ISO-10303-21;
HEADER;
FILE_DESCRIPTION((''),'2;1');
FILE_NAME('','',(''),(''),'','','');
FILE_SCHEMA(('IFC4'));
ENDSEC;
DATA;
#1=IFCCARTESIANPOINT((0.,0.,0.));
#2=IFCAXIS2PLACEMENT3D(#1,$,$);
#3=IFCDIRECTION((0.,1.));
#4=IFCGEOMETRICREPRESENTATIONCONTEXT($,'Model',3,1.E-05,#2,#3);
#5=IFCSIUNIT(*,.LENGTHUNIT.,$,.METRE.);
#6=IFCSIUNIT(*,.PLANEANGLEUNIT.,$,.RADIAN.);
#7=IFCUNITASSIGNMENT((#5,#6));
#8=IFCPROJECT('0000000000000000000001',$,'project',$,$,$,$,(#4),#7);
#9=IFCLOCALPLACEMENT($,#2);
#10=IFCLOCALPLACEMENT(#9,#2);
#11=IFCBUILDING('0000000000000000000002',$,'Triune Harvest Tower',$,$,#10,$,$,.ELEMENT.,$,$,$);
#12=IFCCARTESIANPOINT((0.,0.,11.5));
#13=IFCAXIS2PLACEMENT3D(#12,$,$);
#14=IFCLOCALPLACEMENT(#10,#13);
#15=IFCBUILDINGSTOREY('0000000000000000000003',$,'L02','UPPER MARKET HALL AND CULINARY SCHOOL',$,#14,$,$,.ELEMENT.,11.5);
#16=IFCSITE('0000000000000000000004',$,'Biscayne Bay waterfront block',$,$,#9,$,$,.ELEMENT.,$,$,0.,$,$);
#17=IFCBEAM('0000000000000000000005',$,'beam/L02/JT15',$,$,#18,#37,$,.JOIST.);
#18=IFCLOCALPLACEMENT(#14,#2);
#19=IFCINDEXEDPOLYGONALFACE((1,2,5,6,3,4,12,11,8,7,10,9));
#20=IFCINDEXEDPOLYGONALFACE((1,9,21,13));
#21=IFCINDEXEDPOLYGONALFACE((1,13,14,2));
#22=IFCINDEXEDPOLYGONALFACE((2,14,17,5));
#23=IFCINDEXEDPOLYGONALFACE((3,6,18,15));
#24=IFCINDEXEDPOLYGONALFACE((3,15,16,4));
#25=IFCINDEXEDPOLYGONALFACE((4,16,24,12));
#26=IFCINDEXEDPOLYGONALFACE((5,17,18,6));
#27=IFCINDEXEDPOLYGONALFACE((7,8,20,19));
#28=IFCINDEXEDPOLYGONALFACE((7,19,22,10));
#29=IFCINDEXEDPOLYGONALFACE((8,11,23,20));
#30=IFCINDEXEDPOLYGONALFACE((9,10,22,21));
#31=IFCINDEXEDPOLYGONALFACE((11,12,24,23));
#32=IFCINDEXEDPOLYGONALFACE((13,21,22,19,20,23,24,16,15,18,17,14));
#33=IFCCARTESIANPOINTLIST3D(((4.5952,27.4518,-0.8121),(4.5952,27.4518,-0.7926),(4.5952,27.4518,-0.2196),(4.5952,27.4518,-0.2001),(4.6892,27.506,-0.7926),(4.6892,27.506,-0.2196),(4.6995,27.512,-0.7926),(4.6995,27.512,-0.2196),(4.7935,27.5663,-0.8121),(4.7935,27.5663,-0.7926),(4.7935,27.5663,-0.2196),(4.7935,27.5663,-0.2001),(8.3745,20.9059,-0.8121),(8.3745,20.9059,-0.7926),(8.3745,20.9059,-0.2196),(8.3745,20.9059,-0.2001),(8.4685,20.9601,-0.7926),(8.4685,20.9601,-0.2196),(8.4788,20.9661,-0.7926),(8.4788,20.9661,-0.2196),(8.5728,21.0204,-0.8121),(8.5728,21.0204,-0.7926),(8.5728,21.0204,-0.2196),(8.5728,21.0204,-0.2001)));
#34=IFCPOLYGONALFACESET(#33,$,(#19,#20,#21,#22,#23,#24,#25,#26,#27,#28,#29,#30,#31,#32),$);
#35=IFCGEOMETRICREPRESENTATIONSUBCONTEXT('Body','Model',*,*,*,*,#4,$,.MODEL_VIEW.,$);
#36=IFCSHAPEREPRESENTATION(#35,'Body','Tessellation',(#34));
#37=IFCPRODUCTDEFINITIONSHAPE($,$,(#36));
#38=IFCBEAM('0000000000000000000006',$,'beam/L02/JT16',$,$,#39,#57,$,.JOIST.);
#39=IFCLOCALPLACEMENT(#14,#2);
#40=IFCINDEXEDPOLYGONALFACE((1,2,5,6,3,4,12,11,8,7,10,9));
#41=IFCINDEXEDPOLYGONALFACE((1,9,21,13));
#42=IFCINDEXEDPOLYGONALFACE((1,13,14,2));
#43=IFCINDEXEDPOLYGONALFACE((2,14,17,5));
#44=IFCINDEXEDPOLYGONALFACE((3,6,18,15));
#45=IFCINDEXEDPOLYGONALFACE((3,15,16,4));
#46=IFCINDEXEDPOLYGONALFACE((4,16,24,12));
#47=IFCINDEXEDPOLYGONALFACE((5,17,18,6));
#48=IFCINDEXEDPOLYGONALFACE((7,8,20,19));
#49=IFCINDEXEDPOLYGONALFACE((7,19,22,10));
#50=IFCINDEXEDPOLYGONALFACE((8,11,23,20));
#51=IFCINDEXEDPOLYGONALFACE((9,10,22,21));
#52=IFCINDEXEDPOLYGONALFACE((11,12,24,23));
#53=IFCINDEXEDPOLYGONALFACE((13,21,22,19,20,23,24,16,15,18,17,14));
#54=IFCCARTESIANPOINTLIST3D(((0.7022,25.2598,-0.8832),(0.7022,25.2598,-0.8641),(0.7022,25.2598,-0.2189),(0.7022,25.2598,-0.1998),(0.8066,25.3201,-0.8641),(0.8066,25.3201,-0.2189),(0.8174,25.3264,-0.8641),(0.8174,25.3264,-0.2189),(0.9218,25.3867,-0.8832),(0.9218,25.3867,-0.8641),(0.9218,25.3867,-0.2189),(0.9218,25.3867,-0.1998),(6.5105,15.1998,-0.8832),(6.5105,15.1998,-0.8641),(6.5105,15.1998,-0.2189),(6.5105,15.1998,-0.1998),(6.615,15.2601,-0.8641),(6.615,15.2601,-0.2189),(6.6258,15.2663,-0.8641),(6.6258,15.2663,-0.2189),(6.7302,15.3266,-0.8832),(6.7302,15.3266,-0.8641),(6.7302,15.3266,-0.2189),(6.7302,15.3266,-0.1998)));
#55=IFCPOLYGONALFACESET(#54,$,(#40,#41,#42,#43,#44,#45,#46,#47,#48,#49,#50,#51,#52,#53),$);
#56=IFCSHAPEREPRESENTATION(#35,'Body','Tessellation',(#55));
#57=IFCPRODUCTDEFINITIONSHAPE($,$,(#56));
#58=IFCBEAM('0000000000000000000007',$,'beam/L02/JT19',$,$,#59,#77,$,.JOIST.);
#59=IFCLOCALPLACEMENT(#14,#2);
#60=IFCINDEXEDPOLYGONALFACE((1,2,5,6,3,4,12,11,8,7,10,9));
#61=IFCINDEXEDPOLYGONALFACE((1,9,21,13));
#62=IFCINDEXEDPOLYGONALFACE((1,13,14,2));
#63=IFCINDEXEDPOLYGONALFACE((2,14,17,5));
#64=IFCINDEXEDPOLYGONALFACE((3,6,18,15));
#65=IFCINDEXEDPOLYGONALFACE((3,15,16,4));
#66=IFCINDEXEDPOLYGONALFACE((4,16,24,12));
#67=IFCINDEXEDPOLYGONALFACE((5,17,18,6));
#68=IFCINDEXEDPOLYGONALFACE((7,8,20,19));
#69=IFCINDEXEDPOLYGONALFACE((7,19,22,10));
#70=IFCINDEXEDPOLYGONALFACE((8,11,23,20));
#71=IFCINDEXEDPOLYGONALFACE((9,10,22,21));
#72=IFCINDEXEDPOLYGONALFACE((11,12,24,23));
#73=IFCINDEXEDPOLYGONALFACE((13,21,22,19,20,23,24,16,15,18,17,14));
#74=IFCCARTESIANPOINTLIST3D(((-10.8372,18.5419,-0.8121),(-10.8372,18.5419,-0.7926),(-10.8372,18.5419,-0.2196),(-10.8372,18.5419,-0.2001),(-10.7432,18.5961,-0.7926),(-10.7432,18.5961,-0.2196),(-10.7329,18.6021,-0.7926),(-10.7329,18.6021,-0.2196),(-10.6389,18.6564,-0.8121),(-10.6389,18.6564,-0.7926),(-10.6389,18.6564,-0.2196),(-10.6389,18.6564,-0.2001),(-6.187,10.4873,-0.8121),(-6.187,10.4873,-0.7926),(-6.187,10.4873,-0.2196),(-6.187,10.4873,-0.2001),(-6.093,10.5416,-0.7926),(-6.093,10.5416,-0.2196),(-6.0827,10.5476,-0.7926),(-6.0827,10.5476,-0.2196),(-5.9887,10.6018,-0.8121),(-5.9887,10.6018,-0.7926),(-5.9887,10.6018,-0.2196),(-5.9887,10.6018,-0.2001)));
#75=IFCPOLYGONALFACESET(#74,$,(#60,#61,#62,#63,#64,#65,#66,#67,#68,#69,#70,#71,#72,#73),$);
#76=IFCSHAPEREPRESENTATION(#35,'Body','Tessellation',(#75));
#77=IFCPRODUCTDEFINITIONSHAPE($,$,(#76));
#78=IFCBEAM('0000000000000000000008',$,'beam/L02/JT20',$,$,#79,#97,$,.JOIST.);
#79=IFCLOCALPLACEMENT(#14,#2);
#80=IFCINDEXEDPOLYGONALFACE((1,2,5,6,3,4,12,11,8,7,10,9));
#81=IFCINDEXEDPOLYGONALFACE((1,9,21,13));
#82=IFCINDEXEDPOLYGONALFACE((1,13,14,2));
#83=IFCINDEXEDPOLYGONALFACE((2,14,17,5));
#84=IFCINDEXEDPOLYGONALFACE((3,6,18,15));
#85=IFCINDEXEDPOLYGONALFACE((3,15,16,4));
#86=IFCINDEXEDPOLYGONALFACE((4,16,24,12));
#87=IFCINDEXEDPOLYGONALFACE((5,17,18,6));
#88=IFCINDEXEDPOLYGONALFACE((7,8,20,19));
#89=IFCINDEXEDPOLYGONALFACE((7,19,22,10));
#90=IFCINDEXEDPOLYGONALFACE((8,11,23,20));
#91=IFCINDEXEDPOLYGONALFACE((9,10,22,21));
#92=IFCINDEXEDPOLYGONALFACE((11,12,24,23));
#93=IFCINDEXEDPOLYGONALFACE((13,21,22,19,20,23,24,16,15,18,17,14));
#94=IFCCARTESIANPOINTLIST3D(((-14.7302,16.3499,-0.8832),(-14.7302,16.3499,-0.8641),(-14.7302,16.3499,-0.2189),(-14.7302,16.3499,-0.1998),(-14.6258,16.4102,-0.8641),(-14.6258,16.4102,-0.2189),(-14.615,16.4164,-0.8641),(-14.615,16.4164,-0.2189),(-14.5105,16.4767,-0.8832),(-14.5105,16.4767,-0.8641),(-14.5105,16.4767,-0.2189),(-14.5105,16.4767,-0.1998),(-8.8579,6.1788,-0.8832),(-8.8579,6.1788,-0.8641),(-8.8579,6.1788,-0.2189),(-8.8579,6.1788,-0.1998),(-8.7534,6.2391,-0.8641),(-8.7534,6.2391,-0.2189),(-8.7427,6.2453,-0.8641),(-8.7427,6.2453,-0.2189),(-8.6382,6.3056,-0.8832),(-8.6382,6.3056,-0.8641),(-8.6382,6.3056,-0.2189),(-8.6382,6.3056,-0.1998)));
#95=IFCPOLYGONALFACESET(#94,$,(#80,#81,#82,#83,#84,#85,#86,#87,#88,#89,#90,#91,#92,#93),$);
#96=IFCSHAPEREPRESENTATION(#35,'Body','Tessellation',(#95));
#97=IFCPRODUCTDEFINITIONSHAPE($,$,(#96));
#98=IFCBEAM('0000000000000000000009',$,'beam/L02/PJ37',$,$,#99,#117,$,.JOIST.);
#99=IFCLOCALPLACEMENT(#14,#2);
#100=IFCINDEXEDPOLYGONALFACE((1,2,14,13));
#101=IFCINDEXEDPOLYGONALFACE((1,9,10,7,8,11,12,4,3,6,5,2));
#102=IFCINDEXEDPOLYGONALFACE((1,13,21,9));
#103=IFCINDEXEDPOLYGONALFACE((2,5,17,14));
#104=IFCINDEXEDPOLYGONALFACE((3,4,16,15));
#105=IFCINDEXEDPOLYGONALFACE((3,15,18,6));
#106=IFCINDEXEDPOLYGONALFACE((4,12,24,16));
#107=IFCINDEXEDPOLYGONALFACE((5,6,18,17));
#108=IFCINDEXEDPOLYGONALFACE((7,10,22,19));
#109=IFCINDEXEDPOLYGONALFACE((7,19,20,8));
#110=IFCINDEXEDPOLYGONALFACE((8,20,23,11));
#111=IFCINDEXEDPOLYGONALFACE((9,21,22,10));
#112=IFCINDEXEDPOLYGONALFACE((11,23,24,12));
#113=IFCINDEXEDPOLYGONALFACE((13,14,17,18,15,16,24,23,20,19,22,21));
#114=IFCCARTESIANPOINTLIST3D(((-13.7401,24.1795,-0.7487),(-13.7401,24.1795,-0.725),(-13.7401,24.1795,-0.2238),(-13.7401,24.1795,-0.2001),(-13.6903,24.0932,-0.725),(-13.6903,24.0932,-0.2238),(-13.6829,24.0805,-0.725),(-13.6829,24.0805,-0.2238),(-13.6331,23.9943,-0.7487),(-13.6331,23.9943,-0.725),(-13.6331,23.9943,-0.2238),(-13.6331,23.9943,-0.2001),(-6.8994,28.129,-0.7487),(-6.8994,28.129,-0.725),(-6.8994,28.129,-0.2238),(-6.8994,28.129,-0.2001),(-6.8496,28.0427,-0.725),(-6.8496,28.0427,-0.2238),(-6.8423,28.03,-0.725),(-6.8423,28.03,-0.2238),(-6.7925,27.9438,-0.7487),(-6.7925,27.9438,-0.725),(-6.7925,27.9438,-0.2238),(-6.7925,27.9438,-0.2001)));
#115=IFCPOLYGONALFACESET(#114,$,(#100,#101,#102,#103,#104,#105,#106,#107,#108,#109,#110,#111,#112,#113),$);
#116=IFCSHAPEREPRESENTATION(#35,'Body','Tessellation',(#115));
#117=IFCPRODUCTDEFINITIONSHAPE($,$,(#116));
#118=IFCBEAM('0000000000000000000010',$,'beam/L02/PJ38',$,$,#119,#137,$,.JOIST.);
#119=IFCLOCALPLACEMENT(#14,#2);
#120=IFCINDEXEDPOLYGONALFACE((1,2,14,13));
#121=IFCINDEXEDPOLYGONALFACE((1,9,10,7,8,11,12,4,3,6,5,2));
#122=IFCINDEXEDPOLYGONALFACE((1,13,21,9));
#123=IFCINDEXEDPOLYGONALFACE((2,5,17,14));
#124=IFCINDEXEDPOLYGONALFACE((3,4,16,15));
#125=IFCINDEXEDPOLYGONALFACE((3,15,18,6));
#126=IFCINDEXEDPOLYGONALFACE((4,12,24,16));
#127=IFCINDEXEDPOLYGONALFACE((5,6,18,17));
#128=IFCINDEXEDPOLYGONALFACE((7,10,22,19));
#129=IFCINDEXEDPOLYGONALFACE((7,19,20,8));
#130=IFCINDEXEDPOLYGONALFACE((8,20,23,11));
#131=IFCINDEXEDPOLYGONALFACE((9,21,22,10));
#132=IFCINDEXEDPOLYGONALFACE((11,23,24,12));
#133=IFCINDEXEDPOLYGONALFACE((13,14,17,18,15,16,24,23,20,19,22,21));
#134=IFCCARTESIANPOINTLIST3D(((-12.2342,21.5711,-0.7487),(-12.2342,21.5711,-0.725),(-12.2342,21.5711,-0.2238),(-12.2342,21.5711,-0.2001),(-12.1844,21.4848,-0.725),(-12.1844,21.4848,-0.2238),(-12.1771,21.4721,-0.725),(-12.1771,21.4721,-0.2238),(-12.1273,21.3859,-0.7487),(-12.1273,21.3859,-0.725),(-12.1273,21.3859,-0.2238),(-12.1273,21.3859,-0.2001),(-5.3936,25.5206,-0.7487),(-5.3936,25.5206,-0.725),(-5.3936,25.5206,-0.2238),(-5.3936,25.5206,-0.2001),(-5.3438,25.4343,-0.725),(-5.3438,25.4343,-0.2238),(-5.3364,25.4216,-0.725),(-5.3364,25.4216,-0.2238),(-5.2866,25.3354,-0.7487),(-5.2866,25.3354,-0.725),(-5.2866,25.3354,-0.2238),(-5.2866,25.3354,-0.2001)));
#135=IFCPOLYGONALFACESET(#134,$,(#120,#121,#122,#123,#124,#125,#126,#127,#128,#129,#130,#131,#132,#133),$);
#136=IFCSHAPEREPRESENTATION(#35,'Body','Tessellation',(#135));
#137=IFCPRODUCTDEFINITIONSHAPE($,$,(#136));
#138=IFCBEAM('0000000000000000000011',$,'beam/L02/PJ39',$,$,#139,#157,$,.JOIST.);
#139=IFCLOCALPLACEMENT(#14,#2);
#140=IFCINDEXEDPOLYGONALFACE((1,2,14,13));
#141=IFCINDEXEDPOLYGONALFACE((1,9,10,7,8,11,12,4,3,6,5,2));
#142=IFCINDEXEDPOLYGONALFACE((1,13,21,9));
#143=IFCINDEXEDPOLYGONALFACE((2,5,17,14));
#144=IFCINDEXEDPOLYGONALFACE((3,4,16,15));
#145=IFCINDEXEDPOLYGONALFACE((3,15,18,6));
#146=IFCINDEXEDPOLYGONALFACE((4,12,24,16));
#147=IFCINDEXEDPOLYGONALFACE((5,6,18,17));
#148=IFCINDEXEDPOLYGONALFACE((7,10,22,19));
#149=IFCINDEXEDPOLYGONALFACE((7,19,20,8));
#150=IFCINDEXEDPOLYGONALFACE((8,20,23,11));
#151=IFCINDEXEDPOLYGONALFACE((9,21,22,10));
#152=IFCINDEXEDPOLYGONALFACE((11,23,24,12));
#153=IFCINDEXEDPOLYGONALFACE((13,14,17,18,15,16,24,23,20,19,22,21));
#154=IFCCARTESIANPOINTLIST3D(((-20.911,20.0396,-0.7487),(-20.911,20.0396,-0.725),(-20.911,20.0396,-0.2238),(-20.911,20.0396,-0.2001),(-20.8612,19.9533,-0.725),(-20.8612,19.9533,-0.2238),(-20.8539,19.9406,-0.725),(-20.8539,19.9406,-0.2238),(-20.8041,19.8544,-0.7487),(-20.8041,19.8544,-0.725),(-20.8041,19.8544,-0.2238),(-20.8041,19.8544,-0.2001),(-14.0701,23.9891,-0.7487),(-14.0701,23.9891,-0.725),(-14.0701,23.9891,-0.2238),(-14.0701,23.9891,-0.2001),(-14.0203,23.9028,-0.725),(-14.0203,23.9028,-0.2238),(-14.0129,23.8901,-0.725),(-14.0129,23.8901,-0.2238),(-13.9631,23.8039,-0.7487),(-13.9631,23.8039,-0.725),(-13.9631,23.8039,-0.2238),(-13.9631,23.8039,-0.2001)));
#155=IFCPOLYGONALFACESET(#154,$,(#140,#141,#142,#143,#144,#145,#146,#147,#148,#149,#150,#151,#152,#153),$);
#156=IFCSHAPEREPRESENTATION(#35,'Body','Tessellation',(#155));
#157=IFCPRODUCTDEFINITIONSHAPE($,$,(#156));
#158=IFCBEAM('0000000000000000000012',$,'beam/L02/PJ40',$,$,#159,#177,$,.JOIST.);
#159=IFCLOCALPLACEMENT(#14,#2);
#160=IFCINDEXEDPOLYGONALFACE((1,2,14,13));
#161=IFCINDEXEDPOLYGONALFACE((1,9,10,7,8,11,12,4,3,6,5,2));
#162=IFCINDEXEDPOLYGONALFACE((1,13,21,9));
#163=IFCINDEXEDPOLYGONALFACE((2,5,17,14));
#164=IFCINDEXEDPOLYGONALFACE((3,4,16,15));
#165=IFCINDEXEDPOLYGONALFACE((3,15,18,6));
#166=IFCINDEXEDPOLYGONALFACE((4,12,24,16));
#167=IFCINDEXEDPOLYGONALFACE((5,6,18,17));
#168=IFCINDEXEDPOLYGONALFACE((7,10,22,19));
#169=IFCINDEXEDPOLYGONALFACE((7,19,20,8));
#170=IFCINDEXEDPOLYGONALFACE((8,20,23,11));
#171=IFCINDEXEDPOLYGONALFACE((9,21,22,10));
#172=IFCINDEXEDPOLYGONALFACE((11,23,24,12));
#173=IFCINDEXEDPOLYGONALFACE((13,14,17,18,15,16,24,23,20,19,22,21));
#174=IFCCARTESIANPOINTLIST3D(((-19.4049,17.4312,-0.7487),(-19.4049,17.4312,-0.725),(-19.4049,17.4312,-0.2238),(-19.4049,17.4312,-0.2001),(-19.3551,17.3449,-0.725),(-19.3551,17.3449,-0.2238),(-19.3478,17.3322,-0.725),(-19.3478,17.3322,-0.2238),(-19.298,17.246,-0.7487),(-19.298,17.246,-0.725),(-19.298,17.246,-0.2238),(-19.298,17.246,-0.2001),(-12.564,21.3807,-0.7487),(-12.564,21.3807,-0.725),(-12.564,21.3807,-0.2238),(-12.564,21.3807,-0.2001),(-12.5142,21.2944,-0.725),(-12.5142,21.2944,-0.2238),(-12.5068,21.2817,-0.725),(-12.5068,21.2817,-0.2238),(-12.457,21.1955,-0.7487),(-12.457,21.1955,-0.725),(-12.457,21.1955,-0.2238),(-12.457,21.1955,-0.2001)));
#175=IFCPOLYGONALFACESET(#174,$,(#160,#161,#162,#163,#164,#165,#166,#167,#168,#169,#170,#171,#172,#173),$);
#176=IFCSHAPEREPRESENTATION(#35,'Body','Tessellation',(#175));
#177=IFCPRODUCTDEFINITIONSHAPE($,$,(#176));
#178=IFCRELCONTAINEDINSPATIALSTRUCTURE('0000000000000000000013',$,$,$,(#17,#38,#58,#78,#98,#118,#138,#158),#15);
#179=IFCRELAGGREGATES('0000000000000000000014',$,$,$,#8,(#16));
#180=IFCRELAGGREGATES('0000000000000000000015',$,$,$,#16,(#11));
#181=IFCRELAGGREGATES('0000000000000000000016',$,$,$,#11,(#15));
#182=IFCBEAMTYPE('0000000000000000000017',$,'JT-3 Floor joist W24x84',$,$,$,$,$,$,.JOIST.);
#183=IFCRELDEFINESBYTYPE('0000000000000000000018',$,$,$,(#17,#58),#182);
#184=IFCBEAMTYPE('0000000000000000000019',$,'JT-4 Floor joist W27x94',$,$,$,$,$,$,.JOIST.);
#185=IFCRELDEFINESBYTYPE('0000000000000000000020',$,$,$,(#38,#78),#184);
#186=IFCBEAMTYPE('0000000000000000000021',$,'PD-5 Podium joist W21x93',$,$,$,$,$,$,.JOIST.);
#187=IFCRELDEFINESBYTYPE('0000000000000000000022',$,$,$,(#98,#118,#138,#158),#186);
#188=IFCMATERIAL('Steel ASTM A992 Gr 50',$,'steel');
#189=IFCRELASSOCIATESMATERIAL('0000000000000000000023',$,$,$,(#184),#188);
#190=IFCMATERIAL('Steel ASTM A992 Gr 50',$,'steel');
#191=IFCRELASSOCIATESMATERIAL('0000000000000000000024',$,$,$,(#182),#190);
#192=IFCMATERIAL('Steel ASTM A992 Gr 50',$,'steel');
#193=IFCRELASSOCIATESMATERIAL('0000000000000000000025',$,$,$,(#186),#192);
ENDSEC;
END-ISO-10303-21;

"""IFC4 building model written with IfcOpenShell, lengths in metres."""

from ifc_helpers import new_model, si_unit, direction, frame, origin, origin_2d, place, context, subcontext, project, spatial, i_section, extrude, source, transform, mapped, material, material_profile, profile_set, type_object, element, save


model = new_model("IFC4")

# Units and contexts
model_context = context("Model", 3, precision=1e-05, world=origin(), true_north=direction((0.0, 1.0)))
body_context = subcontext(model_context, "Body", "Model", "MODEL_VIEW")
ifc_project = project(units=[si_unit("LENGTHUNIT", "METRE"), si_unit("PLANEANGLEUNIT", "RADIAN")], contexts=[model_context])

# Site, building, storey
site_placement = place(None, origin())
site = spatial("IfcSite", under=ifc_project, at=site_placement, Name="Biscayne Bay waterfront block", CompositionType="ELEMENT", RefElevation=0.0)
building_placement = place(site_placement, origin())
building = spatial("IfcBuilding", under=site, at=building_placement, Name="Triune Harvest Tower", CompositionType="ELEMENT")
storey_placement = place(building_placement, frame((0.0, 0.0, 11.5)))
storey = spatial("IfcBuildingStorey", under=building, at=storey_placement, Name="L02", Description="UPPER MARKET HALL AND CULINARY SCHOOL", CompositionType="ELEMENT", Elevation=11.5)

# Beams
ifc_material_1 = material(Name="Steel ASTM A992 Gr 50", Category="steel")
ifc_material_profile_1 = material_profile(ifc_material_1, i_section(OverallWidth=0.2537, OverallDepth=0.6833, WebThickness=0.0125, FlangeThickness=0.019, at=origin_2d()), Name="W27x94")
ifc_profile_set_1 = profile_set([ifc_material_profile_1], Name="Steel ASTM A992 Gr 50")
beam_type_1 = type_object("IfcBeamType", Name="JT-4 Floor joist W27x94", PredefinedType="JOIST", material=ifc_profile_set_1)
ifc_material_2 = material(Name="Steel ASTM A992 Gr 50", Category="steel")
ifc_material_profile_2 = material_profile(ifc_material_2, i_section(OverallWidth=0.229, OverallDepth=0.6121, WebThickness=0.012, FlangeThickness=0.0195, at=origin_2d()), Name="W24x84")
ifc_profile_set_2 = profile_set([ifc_material_profile_2], Name="Steel ASTM A992 Gr 50")
beam_type_2 = type_object("IfcBeamType", Name="JT-3 Floor joist W24x84", PredefinedType="JOIST", material=ifc_profile_set_2)
shared_shape_1 = source(origin(), body_context, "Body", "SweptSolid", [
    extrude(i_section(OverallWidth=0.229, OverallDepth=0.6121, WebThickness=0.012, FlangeThickness=0.0195, at=origin_2d()), origin(), (0.0, 0.0, 1.0), 7.5586),
])
beam_1_placement = place(storey_placement, frame((4.6943, 27.509, -0.5061), z_axis=(0.500002, -0.866024, 0.0), x_axis=(0.866024, 0.500002, 0.0)))
element("IfcBeam", 1, at=beam_1_placement, inside=storey, type_object=beam_type_2, Name="beam/L02/JT15", PredefinedType="JOIST", context=body_context, shape_type="MappedRepresentation", body=[
    mapped(shared_shape_1, transform((0.0, 0.0, 0.0), scale=1.0)),
])
shared_shape_2 = source(origin(), body_context, "Body", "SweptSolid", [
    extrude(i_section(OverallWidth=0.2537, OverallDepth=0.6833, WebThickness=0.0125, FlangeThickness=0.019, at=origin_2d()), origin(), (0.0, 0.0, 1.0), 11.6165),
])
beam_2_placement = place(storey_placement, frame((0.812, 25.3232, -0.5415), z_axis=(0.500011, -0.866019, 0.0), x_axis=(0.866019, 0.500011, 0.0)))
element("IfcBeam", 2, at=beam_2_placement, inside=storey, type_object=beam_type_1, Name="beam/L02/JT16", PredefinedType="JOIST", context=body_context, shape_type="MappedRepresentation", body=[
    mapped(shared_shape_2, transform((0.0, 0.0, 0.0), scale=1.0)),
])
shared_shape_3 = source(origin(), body_context, "Body", "SweptSolid", [
    extrude(i_section(OverallWidth=0.229, OverallDepth=0.6121, WebThickness=0.012, FlangeThickness=0.0195, at=origin_2d()), origin(), (0.0, 0.0, 1.0), 9.3005),
])
beam_3_placement = place(storey_placement, frame((-10.738, 18.5991, -0.5061), z_axis=(0.499993, -0.86603, 0.0), x_axis=(0.86603, 0.499993, 0.0)))
element("IfcBeam", 3, at=beam_3_placement, inside=storey, type_object=beam_type_2, Name="beam/L02/JT19", PredefinedType="JOIST", context=body_context, shape_type="MappedRepresentation", body=[
    mapped(shared_shape_3, transform((0.0, 0.0, 0.0), scale=1.0)),
])
shared_shape_4 = source(origin(), body_context, "Body", "SweptSolid", [
    extrude(i_section(OverallWidth=0.2537, OverallDepth=0.6833, WebThickness=0.0125, FlangeThickness=0.019, at=origin_2d()), origin(), (0.0, 0.0, 1.0), 11.7446),
])
beam_4_placement = place(storey_placement, frame((-14.6204, 16.4133, -0.5415), z_axis=(0.5, -0.866025, 0.0), x_axis=(0.866025, 0.5, 0.0)))
element("IfcBeam", 4, at=beam_4_placement, inside=storey, type_object=beam_type_1, Name="beam/L02/JT20", PredefinedType="JOIST", context=body_context, shape_type="MappedRepresentation", body=[
    mapped(shared_shape_4, transform((0.0, 0.0, 0.0), scale=1.0)),
])
ifc_material_3 = material(Name="Steel ASTM A992 Gr 50", Category="steel")
ifc_material_profile_3 = material_profile(ifc_material_3, i_section(OverallWidth=0.2139, OverallDepth=0.5486, WebThickness=0.0146, FlangeThickness=0.0237, at=origin_2d()), Name="W21x93")
ifc_profile_set_3 = profile_set([ifc_material_profile_3], Name="Steel ASTM A992 Gr 50")
beam_type_3 = type_object("IfcBeamType", Name="PD-5 Podium joist W21x93", PredefinedType="JOIST", material=ifc_profile_set_3)
shared_shape_5 = source(origin(), body_context, "Body", "SweptSolid", [
    extrude(i_section(OverallWidth=0.2139, OverallDepth=0.5486, WebThickness=0.0146, FlangeThickness=0.0237, at=origin_2d()), origin(), (0.0, 0.0, 1.0), 7.8989),
])
for number, where, z_axis, x_axis, name in (
    (5, (-6.8459, 28.0364, -0.4744), (-0.866022, -0.500005, 0.0), (0.500005, -0.866022, 0.0), "beam/L02/PJ37"),
    (6, (-5.3401, 25.428, -0.4744), (-0.866022, -0.500005, 0.0), (0.500005, -0.866022, 0.0), "beam/L02/PJ38"),
):
    element("IfcBeam", number, at=place(storey_placement, frame(where, z_axis=z_axis, x_axis=x_axis)), inside=storey, type_object=beam_type_3, Name=name, PredefinedType="JOIST", context=body_context, shape_type="MappedRepresentation", body=[
        mapped(shared_shape_5, transform((0.0, 0.0, 0.0), scale=1.0)),
    ])
shared_shape_6 = source(origin(), body_context, "Body", "SweptSolid", [
    extrude(i_section(OverallWidth=0.2139, OverallDepth=0.5486, WebThickness=0.0146, FlangeThickness=0.0237, at=origin_2d()), origin(), (0.0, 0.0, 1.0), 7.8992),
])
for number, where, z_axis, x_axis, name in (
    (7, (-14.0166, 23.8965, -0.4744), (-0.86603, -0.499992, 0.0), (0.499992, -0.86603, 0.0), "beam/L02/PJ39"),
    (8, (-12.5105, 21.2881, -0.4744), (-0.86603, -0.499992, 0.0), (0.499992, -0.86603, 0.0), "beam/L02/PJ40"),
):
    element("IfcBeam", number, at=place(storey_placement, frame(where, z_axis=z_axis, x_axis=x_axis)), inside=storey, type_object=beam_type_3, Name=name, PredefinedType="JOIST", context=body_context, shape_type="MappedRepresentation", body=[
        mapped(shared_shape_6, transform((0.0, 0.0, 0.0), scale=1.0)),
    ])

save(model, "model.ifc")
